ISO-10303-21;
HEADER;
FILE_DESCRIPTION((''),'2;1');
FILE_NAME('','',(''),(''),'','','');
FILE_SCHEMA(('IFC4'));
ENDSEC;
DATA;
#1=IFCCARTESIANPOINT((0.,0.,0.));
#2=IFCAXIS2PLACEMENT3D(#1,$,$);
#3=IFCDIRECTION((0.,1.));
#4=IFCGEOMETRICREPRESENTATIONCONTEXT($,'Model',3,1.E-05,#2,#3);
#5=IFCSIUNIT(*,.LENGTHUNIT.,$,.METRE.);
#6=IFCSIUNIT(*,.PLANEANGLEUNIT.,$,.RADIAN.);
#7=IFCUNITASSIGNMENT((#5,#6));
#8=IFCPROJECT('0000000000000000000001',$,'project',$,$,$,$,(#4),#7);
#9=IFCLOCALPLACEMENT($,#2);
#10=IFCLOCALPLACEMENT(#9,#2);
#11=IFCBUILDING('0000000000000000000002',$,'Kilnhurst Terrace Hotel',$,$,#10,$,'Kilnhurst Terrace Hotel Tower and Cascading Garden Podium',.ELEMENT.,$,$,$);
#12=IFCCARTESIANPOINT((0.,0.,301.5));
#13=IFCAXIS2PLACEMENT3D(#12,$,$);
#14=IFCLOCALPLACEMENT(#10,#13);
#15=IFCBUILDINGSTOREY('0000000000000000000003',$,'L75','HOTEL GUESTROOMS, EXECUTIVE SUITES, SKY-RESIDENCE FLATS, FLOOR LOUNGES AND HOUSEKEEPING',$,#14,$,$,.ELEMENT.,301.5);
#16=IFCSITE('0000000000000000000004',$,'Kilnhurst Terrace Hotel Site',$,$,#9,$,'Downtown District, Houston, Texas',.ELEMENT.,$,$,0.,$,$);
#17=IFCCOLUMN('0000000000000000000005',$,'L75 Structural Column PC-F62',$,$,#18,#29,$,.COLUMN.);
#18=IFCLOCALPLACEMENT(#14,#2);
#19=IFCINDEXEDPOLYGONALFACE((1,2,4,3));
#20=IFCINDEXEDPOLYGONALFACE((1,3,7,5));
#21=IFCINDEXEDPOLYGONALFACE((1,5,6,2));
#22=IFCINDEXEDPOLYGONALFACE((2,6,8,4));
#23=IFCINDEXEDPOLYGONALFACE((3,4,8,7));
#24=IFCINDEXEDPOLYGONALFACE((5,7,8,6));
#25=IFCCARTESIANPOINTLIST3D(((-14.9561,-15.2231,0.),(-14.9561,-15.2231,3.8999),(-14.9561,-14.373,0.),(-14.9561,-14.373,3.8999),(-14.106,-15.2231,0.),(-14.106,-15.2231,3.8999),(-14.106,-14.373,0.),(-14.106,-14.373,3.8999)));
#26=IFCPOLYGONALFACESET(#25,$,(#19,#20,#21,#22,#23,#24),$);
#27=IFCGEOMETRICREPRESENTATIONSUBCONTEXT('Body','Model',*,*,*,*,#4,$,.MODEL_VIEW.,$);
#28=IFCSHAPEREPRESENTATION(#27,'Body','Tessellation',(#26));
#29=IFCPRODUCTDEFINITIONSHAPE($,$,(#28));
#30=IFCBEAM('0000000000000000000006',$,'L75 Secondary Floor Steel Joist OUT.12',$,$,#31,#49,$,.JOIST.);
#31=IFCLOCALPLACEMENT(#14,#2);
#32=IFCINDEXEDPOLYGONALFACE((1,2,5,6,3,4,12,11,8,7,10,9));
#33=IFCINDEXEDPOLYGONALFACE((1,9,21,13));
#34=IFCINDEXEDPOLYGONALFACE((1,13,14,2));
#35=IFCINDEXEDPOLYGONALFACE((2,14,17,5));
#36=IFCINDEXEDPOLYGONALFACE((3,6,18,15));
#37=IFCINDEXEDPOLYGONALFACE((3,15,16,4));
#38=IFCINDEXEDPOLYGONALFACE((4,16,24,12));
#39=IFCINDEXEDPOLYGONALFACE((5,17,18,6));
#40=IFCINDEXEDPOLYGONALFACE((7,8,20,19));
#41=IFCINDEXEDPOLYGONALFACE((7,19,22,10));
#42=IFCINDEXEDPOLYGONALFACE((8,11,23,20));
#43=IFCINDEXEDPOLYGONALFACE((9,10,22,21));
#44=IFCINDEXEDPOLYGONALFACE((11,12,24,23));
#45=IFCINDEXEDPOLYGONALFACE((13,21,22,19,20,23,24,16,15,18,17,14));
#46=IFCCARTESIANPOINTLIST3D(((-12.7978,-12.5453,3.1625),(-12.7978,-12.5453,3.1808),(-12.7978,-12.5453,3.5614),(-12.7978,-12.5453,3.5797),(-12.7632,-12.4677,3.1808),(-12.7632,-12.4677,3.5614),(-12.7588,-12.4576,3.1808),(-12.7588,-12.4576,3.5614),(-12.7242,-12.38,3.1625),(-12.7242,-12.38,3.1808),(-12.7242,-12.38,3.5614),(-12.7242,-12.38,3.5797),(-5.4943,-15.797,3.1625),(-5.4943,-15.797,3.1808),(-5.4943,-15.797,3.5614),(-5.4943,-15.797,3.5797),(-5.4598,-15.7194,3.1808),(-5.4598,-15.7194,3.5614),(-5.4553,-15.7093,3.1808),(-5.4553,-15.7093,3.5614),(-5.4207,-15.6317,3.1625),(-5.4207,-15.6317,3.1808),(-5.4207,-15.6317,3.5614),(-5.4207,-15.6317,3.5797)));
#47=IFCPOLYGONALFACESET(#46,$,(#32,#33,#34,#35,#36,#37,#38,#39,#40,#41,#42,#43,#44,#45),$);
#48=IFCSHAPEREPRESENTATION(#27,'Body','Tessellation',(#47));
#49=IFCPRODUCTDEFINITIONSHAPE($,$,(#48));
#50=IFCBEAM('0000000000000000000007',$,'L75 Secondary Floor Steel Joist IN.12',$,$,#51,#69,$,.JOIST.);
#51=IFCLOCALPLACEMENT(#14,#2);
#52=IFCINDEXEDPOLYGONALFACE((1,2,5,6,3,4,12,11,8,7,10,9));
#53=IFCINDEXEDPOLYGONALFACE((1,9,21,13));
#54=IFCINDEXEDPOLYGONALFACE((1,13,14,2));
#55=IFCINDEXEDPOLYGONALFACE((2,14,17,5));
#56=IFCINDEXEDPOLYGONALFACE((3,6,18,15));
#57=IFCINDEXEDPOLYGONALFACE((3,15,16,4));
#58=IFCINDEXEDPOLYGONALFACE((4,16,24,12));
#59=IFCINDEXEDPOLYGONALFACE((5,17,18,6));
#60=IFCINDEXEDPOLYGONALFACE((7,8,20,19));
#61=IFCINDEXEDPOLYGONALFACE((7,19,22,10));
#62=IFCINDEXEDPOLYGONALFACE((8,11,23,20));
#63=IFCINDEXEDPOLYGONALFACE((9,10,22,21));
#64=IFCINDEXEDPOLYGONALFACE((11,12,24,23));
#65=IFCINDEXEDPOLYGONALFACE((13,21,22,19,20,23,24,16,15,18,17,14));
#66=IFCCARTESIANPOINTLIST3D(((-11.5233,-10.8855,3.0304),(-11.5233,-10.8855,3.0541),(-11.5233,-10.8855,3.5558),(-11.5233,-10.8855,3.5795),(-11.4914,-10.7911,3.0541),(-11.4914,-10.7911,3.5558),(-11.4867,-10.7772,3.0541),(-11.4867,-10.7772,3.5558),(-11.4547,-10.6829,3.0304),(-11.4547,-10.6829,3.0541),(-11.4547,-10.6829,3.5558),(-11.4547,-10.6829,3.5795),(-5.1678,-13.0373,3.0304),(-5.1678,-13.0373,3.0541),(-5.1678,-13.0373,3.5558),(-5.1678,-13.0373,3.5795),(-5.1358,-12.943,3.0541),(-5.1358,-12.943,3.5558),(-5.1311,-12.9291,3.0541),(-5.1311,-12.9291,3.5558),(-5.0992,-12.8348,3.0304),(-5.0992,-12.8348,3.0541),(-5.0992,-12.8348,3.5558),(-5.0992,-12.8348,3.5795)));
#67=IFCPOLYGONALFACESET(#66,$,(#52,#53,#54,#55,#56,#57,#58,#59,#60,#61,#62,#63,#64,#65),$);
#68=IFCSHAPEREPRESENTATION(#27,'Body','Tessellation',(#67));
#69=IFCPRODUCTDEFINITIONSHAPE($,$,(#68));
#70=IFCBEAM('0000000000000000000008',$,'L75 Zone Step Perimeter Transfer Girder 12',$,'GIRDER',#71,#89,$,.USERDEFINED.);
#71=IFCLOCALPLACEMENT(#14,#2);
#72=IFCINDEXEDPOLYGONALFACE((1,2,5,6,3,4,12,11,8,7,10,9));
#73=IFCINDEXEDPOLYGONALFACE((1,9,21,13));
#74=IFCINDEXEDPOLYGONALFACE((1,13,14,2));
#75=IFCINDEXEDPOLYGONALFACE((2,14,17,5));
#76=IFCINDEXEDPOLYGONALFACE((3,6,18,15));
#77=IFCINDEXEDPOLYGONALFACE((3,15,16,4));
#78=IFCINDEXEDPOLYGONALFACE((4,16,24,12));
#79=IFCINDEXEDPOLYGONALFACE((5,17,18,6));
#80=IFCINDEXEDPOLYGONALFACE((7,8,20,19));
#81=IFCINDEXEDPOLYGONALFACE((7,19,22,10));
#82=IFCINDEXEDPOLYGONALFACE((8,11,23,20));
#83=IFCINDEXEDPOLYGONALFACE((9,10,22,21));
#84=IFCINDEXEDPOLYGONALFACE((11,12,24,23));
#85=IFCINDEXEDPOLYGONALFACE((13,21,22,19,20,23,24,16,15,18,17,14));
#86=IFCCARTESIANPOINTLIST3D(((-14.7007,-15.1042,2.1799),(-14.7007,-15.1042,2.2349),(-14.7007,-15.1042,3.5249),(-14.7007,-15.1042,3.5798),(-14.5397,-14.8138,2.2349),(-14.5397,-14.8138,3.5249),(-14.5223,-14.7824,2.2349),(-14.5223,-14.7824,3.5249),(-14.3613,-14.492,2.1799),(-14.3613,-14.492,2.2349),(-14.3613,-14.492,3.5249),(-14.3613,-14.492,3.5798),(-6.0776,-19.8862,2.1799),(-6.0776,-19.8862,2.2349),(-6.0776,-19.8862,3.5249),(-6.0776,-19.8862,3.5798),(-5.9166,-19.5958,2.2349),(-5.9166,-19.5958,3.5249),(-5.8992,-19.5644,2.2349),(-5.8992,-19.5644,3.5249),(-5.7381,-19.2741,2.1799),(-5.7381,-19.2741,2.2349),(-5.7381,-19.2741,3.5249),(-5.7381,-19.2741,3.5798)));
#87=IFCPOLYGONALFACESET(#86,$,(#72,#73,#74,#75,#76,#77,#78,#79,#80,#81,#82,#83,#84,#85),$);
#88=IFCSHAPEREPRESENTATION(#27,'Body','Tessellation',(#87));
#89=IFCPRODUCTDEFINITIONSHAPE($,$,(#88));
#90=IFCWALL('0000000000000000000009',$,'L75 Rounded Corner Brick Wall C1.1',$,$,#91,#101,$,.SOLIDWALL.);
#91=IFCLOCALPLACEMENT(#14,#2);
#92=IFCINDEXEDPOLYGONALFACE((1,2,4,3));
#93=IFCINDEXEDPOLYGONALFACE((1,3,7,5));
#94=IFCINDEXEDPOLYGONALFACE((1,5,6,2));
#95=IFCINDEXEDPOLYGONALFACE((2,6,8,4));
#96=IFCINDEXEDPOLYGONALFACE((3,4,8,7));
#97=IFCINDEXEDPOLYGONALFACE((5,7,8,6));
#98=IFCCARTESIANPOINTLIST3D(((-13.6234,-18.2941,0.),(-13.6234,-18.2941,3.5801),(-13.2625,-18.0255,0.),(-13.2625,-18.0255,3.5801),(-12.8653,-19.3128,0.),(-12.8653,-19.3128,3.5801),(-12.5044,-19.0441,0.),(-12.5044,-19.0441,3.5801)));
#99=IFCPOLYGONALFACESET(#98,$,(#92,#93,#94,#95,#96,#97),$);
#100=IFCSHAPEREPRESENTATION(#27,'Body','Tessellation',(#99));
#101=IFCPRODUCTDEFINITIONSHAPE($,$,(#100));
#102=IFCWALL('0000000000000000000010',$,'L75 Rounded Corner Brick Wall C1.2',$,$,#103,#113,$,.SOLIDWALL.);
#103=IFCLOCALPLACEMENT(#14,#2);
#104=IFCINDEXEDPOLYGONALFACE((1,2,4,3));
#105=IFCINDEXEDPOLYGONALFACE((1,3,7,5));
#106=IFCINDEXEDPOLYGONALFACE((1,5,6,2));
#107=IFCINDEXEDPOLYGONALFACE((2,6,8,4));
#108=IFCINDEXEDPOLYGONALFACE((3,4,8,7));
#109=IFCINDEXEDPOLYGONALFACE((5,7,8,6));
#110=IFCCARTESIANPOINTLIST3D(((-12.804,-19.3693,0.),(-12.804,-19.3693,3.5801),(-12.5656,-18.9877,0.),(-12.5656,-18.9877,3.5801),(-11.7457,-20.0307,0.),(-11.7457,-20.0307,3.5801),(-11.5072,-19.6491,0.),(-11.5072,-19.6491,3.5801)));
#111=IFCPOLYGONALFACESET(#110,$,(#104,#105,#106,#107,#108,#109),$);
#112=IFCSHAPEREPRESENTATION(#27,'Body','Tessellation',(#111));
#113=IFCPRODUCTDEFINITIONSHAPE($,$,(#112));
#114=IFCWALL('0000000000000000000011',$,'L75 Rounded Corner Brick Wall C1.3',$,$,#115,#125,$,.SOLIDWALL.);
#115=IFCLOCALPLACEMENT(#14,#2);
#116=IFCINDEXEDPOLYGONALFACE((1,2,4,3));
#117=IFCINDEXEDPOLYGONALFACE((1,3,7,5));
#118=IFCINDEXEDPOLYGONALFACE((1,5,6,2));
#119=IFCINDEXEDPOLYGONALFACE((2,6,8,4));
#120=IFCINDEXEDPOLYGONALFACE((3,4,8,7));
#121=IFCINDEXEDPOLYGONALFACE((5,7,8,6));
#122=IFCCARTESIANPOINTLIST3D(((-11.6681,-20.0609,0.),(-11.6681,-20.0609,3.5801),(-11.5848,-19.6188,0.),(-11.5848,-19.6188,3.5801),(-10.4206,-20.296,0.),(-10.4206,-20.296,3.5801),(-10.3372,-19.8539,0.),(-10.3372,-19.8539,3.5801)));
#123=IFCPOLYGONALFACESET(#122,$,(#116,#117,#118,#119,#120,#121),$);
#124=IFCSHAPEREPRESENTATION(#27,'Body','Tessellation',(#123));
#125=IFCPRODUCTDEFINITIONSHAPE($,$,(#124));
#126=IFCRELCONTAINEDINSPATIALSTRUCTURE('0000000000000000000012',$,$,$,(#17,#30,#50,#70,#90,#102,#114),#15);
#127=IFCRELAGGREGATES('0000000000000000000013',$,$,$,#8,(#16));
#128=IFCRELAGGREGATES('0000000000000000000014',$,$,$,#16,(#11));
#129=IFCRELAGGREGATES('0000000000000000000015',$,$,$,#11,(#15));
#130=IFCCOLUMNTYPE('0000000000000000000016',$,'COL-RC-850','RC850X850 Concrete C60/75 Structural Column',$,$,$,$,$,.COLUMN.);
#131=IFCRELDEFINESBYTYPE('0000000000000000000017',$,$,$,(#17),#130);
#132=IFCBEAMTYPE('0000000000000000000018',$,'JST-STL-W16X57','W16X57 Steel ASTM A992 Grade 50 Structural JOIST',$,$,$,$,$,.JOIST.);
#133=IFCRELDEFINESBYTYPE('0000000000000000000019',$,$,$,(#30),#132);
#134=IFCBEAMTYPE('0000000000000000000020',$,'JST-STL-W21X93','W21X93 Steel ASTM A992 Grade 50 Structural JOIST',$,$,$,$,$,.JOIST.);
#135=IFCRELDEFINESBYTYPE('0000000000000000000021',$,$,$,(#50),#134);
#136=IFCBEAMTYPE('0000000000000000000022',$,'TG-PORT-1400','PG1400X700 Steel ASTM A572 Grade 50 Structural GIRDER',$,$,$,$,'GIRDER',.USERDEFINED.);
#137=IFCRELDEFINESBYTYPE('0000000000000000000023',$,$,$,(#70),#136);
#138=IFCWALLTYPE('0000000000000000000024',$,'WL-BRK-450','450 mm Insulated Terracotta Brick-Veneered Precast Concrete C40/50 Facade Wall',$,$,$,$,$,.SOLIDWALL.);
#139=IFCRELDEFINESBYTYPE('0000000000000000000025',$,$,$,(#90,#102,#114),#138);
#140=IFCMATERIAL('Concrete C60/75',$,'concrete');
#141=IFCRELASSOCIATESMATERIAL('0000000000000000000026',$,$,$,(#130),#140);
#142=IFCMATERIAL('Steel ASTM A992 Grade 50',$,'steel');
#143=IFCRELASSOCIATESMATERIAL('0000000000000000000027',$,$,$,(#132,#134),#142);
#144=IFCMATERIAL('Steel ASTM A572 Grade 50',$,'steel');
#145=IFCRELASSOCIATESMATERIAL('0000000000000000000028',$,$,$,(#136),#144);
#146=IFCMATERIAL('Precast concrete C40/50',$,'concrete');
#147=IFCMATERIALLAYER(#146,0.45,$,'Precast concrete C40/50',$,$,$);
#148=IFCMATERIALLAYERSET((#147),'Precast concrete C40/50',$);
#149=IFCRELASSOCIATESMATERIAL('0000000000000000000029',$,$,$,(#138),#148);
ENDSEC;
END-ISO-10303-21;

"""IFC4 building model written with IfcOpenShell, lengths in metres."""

from ifc_helpers import new_model, si_unit, direction, frame, frame_2d, origin, origin_2d, place, context, subcontext, project, spatial, rectangle, i_section, extrude, material, layer, layer_set, material_profile, profile_set, type_object, element, save


model = new_model("IFC4")

# Units and contexts
model_context = context("Model", 3, precision=1e-05, world=origin(), true_north=direction((0.0, 1.0)))
body_context = subcontext(model_context, "Body", "Model", "MODEL_VIEW")
ifc_project = project(units=[si_unit("LENGTHUNIT", "METRE"), si_unit("PLANEANGLEUNIT", "RADIAN")], contexts=[model_context])

# Site, building, storey
site_placement = place(None, origin())
site = spatial("IfcSite", under=ifc_project, at=site_placement, Name="Kilnhurst Terrace Hotel Site", LongName="Downtown District, Houston, Texas", CompositionType="ELEMENT", RefElevation=0.0)
building_placement = place(site_placement, origin())
building = spatial("IfcBuilding", under=site, at=building_placement, Name="Kilnhurst Terrace Hotel", LongName="Kilnhurst Terrace Hotel Tower and Cascading Garden Podium", CompositionType="ELEMENT")
storey_placement = place(building_placement, frame((0.0, 0.0, 301.5)))
storey = spatial("IfcBuildingStorey", under=building, at=storey_placement, Name="L75", Description="HOTEL GUESTROOMS, EXECUTIVE SUITES, SKY-RESIDENCE FLATS, FLOOR LOUNGES AND HOUSEKEEPING", CompositionType="ELEMENT", Elevation=301.5)

# Column
ifc_material_1 = material(Name="Concrete C60/75", Category="concrete")
ifc_material_profile_1 = material_profile(ifc_material_1, rectangle(XDim=0.8501, YDim=0.8501, at=origin_2d()), Name="RC850X850")
ifc_profile_set_1 = profile_set([ifc_material_profile_1], Name="Concrete C60/75")
column_type = type_object("IfcColumnType", Name="COL-RC-850", Description="RC850X850 Concrete C60/75 Structural Column", PredefinedType="COLUMN", material=ifc_profile_set_1)
column_placement = place(storey_placement, frame((-14.531, -14.7981, 0.0), z_axis=(0.0, 0.0, 1.0), x_axis=(1.0, 0.0, 0.0)))
element("IfcColumn", 1, at=column_placement, inside=storey, type_object=column_type, Name="L75 Structural Column PC-F62", PredefinedType="COLUMN", context=body_context, shape_type="SweptSolid", body=[
    extrude(rectangle(XDim=0.8501, YDim=0.8501, at=origin_2d()), origin(), (0.0, 0.0, 1.0), 3.8999),
])

# Beams
ifc_material_2 = material(Name="Steel ASTM A992 Grade 50", Category="steel")
ifc_material_profile_2 = material_profile(ifc_material_2, i_section(OverallWidth=0.1809, OverallDepth=0.4172, WebThickness=0.011, FlangeThickness=0.0183, at=origin_2d()), Name="W16X57")
ifc_profile_set_2 = profile_set([ifc_material_profile_2], Name="Steel ASTM A992 Grade 50")
beam_type_1 = type_object("IfcBeamType", Name="JST-STL-W16X57", Description="W16X57 Steel ASTM A992 Grade 50 Structural JOIST", PredefinedType="JOIST", material=ifc_profile_set_2)
beam_1_placement = place(storey_placement, frame((-12.761, -12.4626, 3.3711), z_axis=(0.913546, -0.406736, 0.0), x_axis=(0.406736, 0.913546, 0.0)))
element("IfcBeam", 2, at=beam_1_placement, inside=storey, type_object=beam_type_1, Name="L75 Secondary Floor Steel Joist OUT.12", PredefinedType="JOIST", context=body_context, shape_type="SweptSolid", body=[
    extrude(i_section(OverallWidth=0.1809, OverallDepth=0.4172, WebThickness=0.011, FlangeThickness=0.0183, at=origin_2d()), origin(), (0.0, 0.0, 1.0), 7.9946),
])
ifc_material_profile_3 = material_profile(ifc_material_2, i_section(OverallWidth=0.2139, OverallDepth=0.5491, WebThickness=0.0146, FlangeThickness=0.0237, at=origin_2d()), Name="W21X93")
ifc_profile_set_3 = profile_set([ifc_material_profile_3], Name="Steel ASTM A992 Grade 50")
beam_type_2 = type_object("IfcBeamType", Name="JST-STL-W21X93", Description="W21X93 Steel ASTM A992 Grade 50 Structural JOIST", PredefinedType="JOIST", material=ifc_profile_set_3)
beam_2_placement = place(storey_placement, frame((-11.489, -10.7842, 3.3049), z_axis=(0.947181, -0.3207, 0.0), x_axis=(0.3207, 0.947181, 0.0)))
element("IfcBeam", 3, at=beam_2_placement, inside=storey, type_object=beam_type_2, Name="L75 Secondary Floor Steel Joist IN.12", PredefinedType="JOIST", context=body_context, shape_type="SweptSolid", body=[
    extrude(i_section(OverallWidth=0.2139, OverallDepth=0.5491, WebThickness=0.0146, FlangeThickness=0.0237, at=origin_2d()), origin(), (0.0, 0.0, 1.0), 6.71),
])
ifc_material_3 = material(Name="Steel ASTM A572 Grade 50", Category="steel")
ifc_material_profile_4 = material_profile(ifc_material_3, i_section(OverallWidth=0.7, OverallDepth=1.3999, WebThickness=0.0359, FlangeThickness=0.0549, at=origin_2d()), Name="PG1400X700")
ifc_profile_set_4 = profile_set([ifc_material_profile_4], Name="Steel ASTM A572 Grade 50")
beam_type_3 = type_object("IfcBeamType", Name="TG-PORT-1400", Description="PG1400X700 Steel ASTM A572 Grade 50 Structural GIRDER", ElementType="GIRDER", PredefinedType="USERDEFINED", material=ifc_profile_set_4)
beam_3_placement = place(storey_placement, frame((-14.531, -14.7981, 2.8799), z_axis=(0.874527, -0.484976, 0.0), x_axis=(0.484976, 0.874527, 0.0)))
element("IfcBeam", 4, at=beam_3_placement, inside=storey, type_object=beam_type_3, Name="L75 Zone Step Perimeter Transfer Girder 12", ObjectType="GIRDER", PredefinedType="USERDEFINED", context=body_context, shape_type="SweptSolid", body=[
    extrude(i_section(OverallWidth=0.7, OverallDepth=1.3999, WebThickness=0.0359, FlangeThickness=0.0549, at=origin_2d()), origin(), (0.0, 0.0, 1.0), 9.8604),
])

# Walls
ifc_material_4 = material(Name="Precast concrete C40/50", Category="concrete")
ifc_layer_1 = layer(ifc_material_4, 0.45, Name="Precast concrete C40/50")
ifc_layer_set_1 = layer_set([ifc_layer_1], Name="Precast concrete C40/50")
wall_type_1 = type_object("IfcWallType", Name="WL-BRK-450", Description="450 mm Insulated Terracotta Brick-Veneered Precast Concrete C40/50 Facade Wall", PredefinedType="SOLIDWALL", material=ifc_layer_set_1)
wall_1_placement = place(storey_placement, frame((-13.4429, -18.1599, 0.0), z_axis=(0.0, 0.0, 1.0), x_axis=(0.597042, -0.80221, 0.0)))
element("IfcWall", 5, at=wall_1_placement, inside=storey, type_object=wall_type_1, Name="L75 Rounded Corner Brick Wall C1.1", PredefinedType="SOLIDWALL", context=body_context, shape_type="SweptSolid", body=[
    extrude(rectangle(XDim=1.2698, YDim=0.45, at=frame_2d((0.6348, 0.0))), origin(), (0.0, 0.0, 1.0), 3.5801),
])
wall_2_placement = place(storey_placement, frame((-12.6848, -19.1785, 0.0), z_axis=(0.0, 0.0, 1.0), x_axis=(0.848031, -0.529946, 0.0)))
element("IfcWall", 6, at=wall_2_placement, inside=storey, type_object=wall_type_1, Name="L75 Rounded Corner Brick Wall C1.2", PredefinedType="SOLIDWALL", context=body_context, shape_type="SweptSolid", body=[
    extrude(rectangle(XDim=1.248, YDim=0.45, at=frame_2d((0.624, 0.0))), origin(), (0.0, 0.0, 1.0), 3.5801),
])
wall_3_placement = place(storey_placement, frame((-11.6265, -19.8398, 0.0), z_axis=(0.0, 0.0, 1.0), x_axis=(0.982702, -0.185194, 0.0)))
element("IfcWall", 7, at=wall_3_placement, inside=storey, type_object=wall_type_1, Name="L75 Rounded Corner Brick Wall C1.3", PredefinedType="SOLIDWALL", context=body_context, shape_type="SweptSolid", body=[
    extrude(rectangle(XDim=1.2695, YDim=0.45, at=frame_2d((0.6348, 0.0))), origin(), (0.0, 0.0, 1.0), 3.5801),
])

save(model, "model.ifc")
